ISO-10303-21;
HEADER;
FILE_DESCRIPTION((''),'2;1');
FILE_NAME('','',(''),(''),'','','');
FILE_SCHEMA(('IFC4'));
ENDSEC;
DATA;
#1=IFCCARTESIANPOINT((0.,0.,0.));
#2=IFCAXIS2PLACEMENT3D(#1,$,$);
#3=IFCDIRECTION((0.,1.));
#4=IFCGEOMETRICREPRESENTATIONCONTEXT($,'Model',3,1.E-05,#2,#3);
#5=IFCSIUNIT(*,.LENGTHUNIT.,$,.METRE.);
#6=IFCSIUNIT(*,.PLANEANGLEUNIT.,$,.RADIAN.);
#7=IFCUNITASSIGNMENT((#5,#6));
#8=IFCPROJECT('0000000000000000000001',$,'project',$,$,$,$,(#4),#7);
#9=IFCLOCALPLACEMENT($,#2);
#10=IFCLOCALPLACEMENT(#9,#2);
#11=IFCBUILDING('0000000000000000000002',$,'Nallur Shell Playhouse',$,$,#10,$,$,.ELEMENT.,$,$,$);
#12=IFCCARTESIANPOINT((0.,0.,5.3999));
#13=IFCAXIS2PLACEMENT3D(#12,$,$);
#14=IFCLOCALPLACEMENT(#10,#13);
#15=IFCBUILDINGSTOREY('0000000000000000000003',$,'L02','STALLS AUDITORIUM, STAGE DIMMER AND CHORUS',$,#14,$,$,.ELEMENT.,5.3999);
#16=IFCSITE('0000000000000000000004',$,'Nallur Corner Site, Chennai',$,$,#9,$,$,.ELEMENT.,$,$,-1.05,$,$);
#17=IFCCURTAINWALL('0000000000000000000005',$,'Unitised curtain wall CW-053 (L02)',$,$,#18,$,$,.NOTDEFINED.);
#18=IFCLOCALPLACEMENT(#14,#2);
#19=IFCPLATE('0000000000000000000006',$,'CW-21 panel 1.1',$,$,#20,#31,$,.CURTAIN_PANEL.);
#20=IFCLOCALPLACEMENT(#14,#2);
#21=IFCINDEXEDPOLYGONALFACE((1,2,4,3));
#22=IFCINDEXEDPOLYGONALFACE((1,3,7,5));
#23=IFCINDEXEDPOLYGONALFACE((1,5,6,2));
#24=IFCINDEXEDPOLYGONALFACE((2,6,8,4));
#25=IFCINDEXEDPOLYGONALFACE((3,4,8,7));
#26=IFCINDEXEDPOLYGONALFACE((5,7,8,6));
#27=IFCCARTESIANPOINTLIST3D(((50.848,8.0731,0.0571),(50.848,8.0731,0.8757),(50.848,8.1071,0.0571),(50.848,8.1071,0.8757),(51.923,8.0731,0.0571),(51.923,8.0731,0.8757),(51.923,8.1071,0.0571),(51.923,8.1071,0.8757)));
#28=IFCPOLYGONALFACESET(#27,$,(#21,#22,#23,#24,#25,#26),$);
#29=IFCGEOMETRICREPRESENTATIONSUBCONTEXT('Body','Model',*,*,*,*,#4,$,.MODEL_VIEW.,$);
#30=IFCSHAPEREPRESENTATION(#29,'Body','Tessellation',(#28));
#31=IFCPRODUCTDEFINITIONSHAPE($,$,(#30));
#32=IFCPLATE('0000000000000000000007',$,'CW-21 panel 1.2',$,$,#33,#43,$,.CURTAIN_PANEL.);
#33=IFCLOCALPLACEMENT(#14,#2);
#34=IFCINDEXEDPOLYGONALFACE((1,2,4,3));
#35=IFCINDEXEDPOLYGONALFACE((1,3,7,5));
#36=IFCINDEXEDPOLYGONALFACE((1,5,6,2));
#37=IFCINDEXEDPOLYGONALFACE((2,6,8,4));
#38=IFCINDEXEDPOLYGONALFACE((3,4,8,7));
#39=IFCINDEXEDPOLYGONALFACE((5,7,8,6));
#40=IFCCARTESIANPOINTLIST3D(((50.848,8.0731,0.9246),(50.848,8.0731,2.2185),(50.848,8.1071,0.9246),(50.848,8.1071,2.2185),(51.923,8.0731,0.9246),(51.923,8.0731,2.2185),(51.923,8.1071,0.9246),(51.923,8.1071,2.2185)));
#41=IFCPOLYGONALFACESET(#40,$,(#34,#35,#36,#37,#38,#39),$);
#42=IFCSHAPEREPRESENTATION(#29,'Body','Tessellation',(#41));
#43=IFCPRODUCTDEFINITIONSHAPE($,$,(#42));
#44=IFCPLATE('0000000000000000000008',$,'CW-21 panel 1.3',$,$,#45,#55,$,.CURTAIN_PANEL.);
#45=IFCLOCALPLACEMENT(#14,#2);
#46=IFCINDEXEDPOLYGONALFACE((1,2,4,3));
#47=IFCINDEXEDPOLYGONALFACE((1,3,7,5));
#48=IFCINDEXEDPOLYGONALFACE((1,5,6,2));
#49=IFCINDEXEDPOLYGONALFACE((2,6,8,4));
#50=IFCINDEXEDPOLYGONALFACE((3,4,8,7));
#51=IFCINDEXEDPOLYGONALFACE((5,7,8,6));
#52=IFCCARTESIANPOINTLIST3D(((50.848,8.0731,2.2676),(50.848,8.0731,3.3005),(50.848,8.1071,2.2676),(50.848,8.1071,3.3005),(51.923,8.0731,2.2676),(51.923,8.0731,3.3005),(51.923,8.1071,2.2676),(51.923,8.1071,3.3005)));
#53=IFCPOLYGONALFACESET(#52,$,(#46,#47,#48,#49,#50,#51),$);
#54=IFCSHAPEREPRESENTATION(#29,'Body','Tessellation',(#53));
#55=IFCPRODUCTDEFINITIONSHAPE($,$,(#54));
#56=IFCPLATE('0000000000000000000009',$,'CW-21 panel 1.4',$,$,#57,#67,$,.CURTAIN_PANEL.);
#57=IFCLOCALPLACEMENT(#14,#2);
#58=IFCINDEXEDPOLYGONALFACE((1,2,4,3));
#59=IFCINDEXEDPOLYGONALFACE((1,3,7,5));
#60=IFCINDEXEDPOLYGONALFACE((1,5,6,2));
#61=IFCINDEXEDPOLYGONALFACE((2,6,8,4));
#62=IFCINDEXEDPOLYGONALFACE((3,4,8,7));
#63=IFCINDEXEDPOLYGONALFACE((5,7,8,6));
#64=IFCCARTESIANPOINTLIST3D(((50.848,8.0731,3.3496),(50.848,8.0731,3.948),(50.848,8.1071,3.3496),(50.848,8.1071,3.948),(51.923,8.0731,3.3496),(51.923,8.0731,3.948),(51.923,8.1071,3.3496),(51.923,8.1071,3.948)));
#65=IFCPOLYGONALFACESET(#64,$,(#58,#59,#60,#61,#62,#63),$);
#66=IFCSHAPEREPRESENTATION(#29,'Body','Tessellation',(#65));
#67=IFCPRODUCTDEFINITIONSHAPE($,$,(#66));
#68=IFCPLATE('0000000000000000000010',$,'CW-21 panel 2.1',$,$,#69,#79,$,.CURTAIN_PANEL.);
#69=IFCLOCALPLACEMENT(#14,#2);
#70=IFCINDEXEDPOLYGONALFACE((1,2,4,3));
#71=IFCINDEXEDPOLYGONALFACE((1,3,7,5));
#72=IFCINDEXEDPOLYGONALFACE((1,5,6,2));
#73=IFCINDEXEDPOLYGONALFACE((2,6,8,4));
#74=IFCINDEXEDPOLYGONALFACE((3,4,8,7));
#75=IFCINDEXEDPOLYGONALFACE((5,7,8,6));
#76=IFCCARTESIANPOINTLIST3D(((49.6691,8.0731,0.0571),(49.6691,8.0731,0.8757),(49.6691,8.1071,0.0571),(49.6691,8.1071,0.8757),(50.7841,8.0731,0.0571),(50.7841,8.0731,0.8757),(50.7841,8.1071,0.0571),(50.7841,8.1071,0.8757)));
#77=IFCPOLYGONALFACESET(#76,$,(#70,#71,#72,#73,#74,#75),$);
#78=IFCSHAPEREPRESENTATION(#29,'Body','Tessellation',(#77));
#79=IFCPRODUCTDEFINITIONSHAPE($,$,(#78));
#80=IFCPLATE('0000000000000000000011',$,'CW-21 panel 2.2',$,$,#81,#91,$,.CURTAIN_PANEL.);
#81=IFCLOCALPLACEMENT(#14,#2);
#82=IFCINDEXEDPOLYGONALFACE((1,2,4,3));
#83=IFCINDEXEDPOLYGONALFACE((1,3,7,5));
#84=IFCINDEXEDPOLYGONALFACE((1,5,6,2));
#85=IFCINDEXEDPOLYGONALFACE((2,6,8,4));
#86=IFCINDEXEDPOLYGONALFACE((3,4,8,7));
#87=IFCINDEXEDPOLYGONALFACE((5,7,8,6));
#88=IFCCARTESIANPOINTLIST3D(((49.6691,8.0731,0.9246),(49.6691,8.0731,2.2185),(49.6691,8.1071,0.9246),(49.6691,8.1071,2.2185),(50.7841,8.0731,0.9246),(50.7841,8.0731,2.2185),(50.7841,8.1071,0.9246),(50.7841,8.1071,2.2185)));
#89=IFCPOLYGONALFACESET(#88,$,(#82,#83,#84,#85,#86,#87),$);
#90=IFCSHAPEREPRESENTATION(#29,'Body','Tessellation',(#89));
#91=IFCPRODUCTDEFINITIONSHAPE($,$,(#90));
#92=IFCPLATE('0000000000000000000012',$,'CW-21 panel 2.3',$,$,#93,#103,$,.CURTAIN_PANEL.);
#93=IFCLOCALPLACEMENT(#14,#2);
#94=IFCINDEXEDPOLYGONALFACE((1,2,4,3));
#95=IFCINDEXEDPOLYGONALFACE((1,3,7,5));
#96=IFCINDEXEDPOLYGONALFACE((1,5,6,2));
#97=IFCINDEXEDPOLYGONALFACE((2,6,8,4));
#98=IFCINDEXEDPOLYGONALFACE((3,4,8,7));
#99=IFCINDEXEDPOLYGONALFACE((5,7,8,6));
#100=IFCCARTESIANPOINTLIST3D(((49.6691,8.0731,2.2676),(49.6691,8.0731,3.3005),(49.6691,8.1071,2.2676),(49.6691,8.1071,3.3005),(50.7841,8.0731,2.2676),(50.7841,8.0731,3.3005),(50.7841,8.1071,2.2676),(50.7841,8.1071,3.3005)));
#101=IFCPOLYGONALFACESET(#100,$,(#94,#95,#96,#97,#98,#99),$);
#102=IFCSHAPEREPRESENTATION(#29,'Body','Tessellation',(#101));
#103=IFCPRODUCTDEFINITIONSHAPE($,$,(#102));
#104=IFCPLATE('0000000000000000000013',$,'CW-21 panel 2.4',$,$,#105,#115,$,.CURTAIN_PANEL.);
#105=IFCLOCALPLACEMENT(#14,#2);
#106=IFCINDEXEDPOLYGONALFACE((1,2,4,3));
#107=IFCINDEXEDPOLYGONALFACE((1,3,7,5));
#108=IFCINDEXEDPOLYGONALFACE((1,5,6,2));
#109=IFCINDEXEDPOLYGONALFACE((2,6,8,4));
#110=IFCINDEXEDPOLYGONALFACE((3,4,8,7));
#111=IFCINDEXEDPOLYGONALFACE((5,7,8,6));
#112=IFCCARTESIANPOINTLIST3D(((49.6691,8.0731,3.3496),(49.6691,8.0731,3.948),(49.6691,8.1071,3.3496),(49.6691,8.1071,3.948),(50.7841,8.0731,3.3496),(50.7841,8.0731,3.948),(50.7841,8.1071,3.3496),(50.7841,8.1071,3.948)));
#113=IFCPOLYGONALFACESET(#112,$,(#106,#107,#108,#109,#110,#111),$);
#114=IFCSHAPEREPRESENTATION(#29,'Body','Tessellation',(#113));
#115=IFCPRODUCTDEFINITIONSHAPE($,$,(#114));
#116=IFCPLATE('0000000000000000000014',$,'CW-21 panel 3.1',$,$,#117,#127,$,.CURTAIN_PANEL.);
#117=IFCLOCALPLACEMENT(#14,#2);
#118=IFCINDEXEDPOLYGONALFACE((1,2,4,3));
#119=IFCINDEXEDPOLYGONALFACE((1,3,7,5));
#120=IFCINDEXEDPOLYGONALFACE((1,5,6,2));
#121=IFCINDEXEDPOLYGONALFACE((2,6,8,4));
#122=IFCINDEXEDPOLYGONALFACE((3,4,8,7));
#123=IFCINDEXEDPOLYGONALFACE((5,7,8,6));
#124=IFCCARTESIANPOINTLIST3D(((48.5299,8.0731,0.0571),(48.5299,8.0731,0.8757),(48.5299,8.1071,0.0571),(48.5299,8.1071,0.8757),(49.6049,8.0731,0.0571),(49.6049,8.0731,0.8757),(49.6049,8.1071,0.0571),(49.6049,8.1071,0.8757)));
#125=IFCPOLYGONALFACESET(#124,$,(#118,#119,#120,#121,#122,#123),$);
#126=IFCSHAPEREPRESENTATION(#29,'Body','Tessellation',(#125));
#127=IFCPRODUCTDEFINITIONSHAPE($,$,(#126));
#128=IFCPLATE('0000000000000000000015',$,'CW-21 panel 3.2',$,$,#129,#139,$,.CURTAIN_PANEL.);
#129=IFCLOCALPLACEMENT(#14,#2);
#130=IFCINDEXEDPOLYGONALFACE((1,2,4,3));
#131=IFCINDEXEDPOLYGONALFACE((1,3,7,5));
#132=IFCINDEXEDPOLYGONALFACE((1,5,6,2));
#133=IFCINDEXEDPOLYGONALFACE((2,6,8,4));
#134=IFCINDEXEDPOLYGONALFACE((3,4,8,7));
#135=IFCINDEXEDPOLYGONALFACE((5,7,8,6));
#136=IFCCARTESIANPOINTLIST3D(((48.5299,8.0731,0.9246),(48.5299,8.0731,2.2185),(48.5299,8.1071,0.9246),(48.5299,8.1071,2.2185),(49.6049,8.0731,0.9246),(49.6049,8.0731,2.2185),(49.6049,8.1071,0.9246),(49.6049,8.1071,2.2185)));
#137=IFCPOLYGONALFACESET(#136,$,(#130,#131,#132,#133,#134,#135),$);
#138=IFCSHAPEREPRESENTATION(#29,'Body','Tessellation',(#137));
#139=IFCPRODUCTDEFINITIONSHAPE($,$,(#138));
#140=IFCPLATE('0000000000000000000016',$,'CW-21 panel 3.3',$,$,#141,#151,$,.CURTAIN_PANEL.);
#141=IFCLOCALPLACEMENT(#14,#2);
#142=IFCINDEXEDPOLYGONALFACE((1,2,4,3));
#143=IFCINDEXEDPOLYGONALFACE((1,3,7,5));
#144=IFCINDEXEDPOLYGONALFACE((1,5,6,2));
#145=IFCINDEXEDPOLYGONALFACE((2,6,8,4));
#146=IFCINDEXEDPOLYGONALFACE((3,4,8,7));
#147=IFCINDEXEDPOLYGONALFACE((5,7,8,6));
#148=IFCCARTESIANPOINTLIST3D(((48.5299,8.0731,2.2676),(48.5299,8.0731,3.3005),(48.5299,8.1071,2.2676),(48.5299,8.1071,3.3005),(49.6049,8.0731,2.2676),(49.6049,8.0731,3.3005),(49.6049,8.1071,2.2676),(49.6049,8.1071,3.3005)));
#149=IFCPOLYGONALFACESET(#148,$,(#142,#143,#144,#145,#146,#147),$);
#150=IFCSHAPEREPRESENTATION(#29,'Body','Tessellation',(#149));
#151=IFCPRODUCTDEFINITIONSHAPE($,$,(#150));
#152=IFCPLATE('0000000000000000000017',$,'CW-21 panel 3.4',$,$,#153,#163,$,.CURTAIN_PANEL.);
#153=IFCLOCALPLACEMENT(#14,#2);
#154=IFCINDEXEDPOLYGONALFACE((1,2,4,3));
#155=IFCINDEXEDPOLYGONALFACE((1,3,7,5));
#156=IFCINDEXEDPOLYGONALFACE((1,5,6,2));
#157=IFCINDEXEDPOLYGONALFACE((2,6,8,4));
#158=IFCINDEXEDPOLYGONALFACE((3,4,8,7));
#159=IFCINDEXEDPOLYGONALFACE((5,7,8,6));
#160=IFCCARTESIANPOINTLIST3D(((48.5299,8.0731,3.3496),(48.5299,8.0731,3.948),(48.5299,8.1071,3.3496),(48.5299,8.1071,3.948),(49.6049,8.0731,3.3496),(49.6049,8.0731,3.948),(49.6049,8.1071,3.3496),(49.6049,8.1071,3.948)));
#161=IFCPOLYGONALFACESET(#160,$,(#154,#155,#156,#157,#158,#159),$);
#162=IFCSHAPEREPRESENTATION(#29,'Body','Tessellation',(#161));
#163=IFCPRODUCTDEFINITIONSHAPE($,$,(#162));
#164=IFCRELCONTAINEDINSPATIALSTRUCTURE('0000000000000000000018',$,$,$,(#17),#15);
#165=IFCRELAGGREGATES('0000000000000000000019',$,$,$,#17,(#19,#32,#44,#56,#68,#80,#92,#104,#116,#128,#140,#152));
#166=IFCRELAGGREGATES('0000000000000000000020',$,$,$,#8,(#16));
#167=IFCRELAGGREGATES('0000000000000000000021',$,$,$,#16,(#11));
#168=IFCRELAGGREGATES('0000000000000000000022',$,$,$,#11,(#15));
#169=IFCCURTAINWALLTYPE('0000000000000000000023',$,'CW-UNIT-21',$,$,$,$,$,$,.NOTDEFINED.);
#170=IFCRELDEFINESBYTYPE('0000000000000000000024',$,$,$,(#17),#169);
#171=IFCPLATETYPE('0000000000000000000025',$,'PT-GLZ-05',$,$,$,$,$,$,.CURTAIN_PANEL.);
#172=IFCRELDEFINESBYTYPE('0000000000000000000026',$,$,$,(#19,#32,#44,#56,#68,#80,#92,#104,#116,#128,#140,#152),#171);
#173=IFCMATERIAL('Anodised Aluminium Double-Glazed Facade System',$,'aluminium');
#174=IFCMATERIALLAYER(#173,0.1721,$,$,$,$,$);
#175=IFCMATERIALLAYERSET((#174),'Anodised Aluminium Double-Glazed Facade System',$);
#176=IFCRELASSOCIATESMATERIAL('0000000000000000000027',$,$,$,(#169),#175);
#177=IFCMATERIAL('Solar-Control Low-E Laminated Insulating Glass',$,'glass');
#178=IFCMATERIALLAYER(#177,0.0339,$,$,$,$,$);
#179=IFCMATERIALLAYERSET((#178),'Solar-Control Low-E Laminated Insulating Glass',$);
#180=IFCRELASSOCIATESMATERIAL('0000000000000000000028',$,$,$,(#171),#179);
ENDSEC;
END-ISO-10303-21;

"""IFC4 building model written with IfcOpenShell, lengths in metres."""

from ifc_helpers import new_model, si_unit, direction, frame, origin, origin_2d, place, context, subcontext, project, spatial, rectangle, extrude, material, layer, layer_set, type_object, element, aggregate, save


model = new_model("IFC4")

# Units and contexts
model_context = context("Model", 3, precision=1e-05, world=origin(), true_north=direction((0.0, 1.0)))
body_context = subcontext(model_context, "Body", "Model", "MODEL_VIEW")
ifc_project = project(units=[si_unit("LENGTHUNIT", "METRE"), si_unit("PLANEANGLEUNIT", "RADIAN")], contexts=[model_context])

# Site, building, storey
site_placement = place(None, origin())
site = spatial("IfcSite", under=ifc_project, at=site_placement, Name="Nallur Corner Site, Chennai", CompositionType="ELEMENT", RefElevation=-1.05)
building_placement = place(site_placement, origin())
building = spatial("IfcBuilding", under=site, at=building_placement, Name="Nallur Shell Playhouse", CompositionType="ELEMENT")
storey_placement = place(building_placement, frame((0.0, 0.0, 5.3999)))
storey = spatial("IfcBuildingStorey", under=building, at=storey_placement, Name="L02", Description="STALLS AUDITORIUM, STAGE DIMMER AND CHORUS", CompositionType="ELEMENT", Elevation=5.3999)

# Curtain wall
ifc_material_1 = material(Name="Anodised Aluminium Double-Glazed Facade System", Category="aluminium")
ifc_layer_1 = layer(ifc_material_1, 0.1721)
ifc_layer_set_1 = layer_set([ifc_layer_1], Name="Anodised Aluminium Double-Glazed Facade System")
curtain_wall_type_1 = type_object("IfcCurtainWallType", Name="CW-UNIT-21", PredefinedType="NOTDEFINED", material=ifc_layer_set_1)
curtain_wall_1_placement = place(storey_placement, origin())
curtain_wall_1 = element("IfcCurtainWall", 1, at=curtain_wall_1_placement, inside=storey, type_object=curtain_wall_type_1, Name="Unitised curtain wall CW-053 (L02)", PredefinedType="NOTDEFINED")

# Plates
ifc_material_2 = material(Name="Solar-Control Low-E Laminated Insulating Glass", Category="glass")
ifc_layer_2 = layer(ifc_material_2, 0.0339)
ifc_layer_set_2 = layer_set([ifc_layer_2], Name="Solar-Control Low-E Laminated Insulating Glass")
plate_type = type_object("IfcPlateType", Name="PT-GLZ-05", PredefinedType="CURTAIN_PANEL", material=ifc_layer_set_2)
plate_1_placement = place(storey_placement, frame((51.3855, 8.0901, 0.0571), z_axis=(0.0, 0.0, 1.0), x_axis=(-1.0, 0.0, 0.0)))
plate_1 = element("IfcPlate", 2, at=plate_1_placement, type_object=plate_type, Name="CW-21 panel 1.1", PredefinedType="CURTAIN_PANEL", context=body_context, shape_type="SweptSolid", body=[
    extrude(rectangle(XDim=1.075, YDim=0.0339, at=origin_2d()), origin(), (0.0, 0.0, 1.0), 0.8186),
])
plate_2_placement = place(storey_placement, frame((51.3855, 8.0901, 0.9246), z_axis=(0.0, 0.0, 1.0), x_axis=(-1.0, 0.0, 0.0)))
plate_2 = element("IfcPlate", 3, at=plate_2_placement, type_object=plate_type, Name="CW-21 panel 1.2", PredefinedType="CURTAIN_PANEL", context=body_context, shape_type="SweptSolid", body=[
    extrude(rectangle(XDim=1.075, YDim=0.0339, at=origin_2d()), origin(), (0.0, 0.0, 1.0), 1.2939),
])
plate_3_placement = place(storey_placement, frame((51.3855, 8.0901, 2.2676), z_axis=(0.0, 0.0, 1.0), x_axis=(-1.0, 0.0, 0.0)))
plate_3 = element("IfcPlate", 4, at=plate_3_placement, type_object=plate_type, Name="CW-21 panel 1.3", PredefinedType="CURTAIN_PANEL", context=body_context, shape_type="SweptSolid", body=[
    extrude(rectangle(XDim=1.075, YDim=0.0339, at=origin_2d()), origin(), (0.0, 0.0, 1.0), 1.033),
])
plate_4_placement = place(storey_placement, frame((51.3855, 8.0901, 3.3496), z_axis=(0.0, 0.0, 1.0), x_axis=(-1.0, 0.0, 0.0)))
plate_4 = element("IfcPlate", 5, at=plate_4_placement, type_object=plate_type, Name="CW-21 panel 1.4", PredefinedType="CURTAIN_PANEL", context=body_context, shape_type="SweptSolid", body=[
    extrude(rectangle(XDim=1.075, YDim=0.0339, at=origin_2d()), origin(), (0.0, 0.0, 1.0), 0.5984),
])
plate_5_placement = place(storey_placement, frame((50.2266, 8.0901, 0.0571), z_axis=(0.0, 0.0, 1.0), x_axis=(-1.0, 0.0, 0.0)))
plate_5 = element("IfcPlate", 6, at=plate_5_placement, type_object=plate_type, Name="CW-21 panel 2.1", PredefinedType="CURTAIN_PANEL", context=body_context, shape_type="SweptSolid", body=[
    extrude(rectangle(XDim=1.115, YDim=0.0339, at=origin_2d()), origin(), (0.0, 0.0, 1.0), 0.8186),
])
plate_6_placement = place(storey_placement, frame((50.2266, 8.0901, 0.9246), z_axis=(0.0, 0.0, 1.0), x_axis=(-1.0, 0.0, 0.0)))
plate_6 = element("IfcPlate", 7, at=plate_6_placement, type_object=plate_type, Name="CW-21 panel 2.2", PredefinedType="CURTAIN_PANEL", context=body_context, shape_type="SweptSolid", body=[
    extrude(rectangle(XDim=1.115, YDim=0.0339, at=origin_2d()), origin(), (0.0, 0.0, 1.0), 1.2939),
])
plate_7_placement = place(storey_placement, frame((50.2266, 8.0901, 2.2676), z_axis=(0.0, 0.0, 1.0), x_axis=(-1.0, 0.0, 0.0)))
plate_7 = element("IfcPlate", 8, at=plate_7_placement, type_object=plate_type, Name="CW-21 panel 2.3", PredefinedType="CURTAIN_PANEL", context=body_context, shape_type="SweptSolid", body=[
    extrude(rectangle(XDim=1.115, YDim=0.0339, at=origin_2d()), origin(), (0.0, 0.0, 1.0), 1.033),
])
plate_8_placement = place(storey_placement, frame((50.2266, 8.0901, 3.3496), z_axis=(0.0, 0.0, 1.0), x_axis=(-1.0, 0.0, 0.0)))
plate_8 = element("IfcPlate", 9, at=plate_8_placement, type_object=plate_type, Name="CW-21 panel 2.4", PredefinedType="CURTAIN_PANEL", context=body_context, shape_type="SweptSolid", body=[
    extrude(rectangle(XDim=1.115, YDim=0.0339, at=origin_2d()), origin(), (0.0, 0.0, 1.0), 0.5984),
])
plate_9_placement = place(storey_placement, frame((49.0674, 8.0901, 0.0571), z_axis=(0.0, 0.0, 1.0), x_axis=(-1.0, 0.0, 0.0)))
plate_9 = element("IfcPlate", 10, at=plate_9_placement, type_object=plate_type, Name="CW-21 panel 3.1", PredefinedType="CURTAIN_PANEL", context=body_context, shape_type="SweptSolid", body=[
    extrude(rectangle(XDim=1.075, YDim=0.0339, at=origin_2d()), origin(), (0.0, 0.0, 1.0), 0.8186),
])
plate_10_placement = place(storey_placement, frame((49.0674, 8.0901, 0.9246), z_axis=(0.0, 0.0, 1.0), x_axis=(-1.0, 0.0, 0.0)))
plate_10 = element("IfcPlate", 11, at=plate_10_placement, type_object=plate_type, Name="CW-21 panel 3.2", PredefinedType="CURTAIN_PANEL", context=body_context, shape_type="SweptSolid", body=[
    extrude(rectangle(XDim=1.075, YDim=0.0339, at=origin_2d()), origin(), (0.0, 0.0, 1.0), 1.2939),
])
plate_11_placement = place(storey_placement, frame((49.0674, 8.0901, 2.2676), z_axis=(0.0, 0.0, 1.0), x_axis=(-1.0, 0.0, 0.0)))
plate_11 = element("IfcPlate", 12, at=plate_11_placement, type_object=plate_type, Name="CW-21 panel 3.3", PredefinedType="CURTAIN_PANEL", context=body_context, shape_type="SweptSolid", body=[
    extrude(rectangle(XDim=1.075, YDim=0.0339, at=origin_2d()), origin(), (0.0, 0.0, 1.0), 1.033),
])
plate_12_placement = place(storey_placement, frame((49.0674, 8.0901, 3.3496), z_axis=(0.0, 0.0, 1.0), x_axis=(-1.0, 0.0, 0.0)))
plate_12 = element("IfcPlate", 13, at=plate_12_placement, type_object=plate_type, Name="CW-21 panel 3.4", PredefinedType="CURTAIN_PANEL", context=body_context, shape_type="SweptSolid", body=[
    extrude(rectangle(XDim=1.075, YDim=0.0339, at=origin_2d()), origin(), (0.0, 0.0, 1.0), 0.5984),
])
aggregate(curtain_wall_1, [plate_1, plate_2, plate_3, plate_4, plate_5, plate_6, plate_7, plate_8, plate_9, plate_10, plate_11, plate_12])

save(model, "model.ifc")
